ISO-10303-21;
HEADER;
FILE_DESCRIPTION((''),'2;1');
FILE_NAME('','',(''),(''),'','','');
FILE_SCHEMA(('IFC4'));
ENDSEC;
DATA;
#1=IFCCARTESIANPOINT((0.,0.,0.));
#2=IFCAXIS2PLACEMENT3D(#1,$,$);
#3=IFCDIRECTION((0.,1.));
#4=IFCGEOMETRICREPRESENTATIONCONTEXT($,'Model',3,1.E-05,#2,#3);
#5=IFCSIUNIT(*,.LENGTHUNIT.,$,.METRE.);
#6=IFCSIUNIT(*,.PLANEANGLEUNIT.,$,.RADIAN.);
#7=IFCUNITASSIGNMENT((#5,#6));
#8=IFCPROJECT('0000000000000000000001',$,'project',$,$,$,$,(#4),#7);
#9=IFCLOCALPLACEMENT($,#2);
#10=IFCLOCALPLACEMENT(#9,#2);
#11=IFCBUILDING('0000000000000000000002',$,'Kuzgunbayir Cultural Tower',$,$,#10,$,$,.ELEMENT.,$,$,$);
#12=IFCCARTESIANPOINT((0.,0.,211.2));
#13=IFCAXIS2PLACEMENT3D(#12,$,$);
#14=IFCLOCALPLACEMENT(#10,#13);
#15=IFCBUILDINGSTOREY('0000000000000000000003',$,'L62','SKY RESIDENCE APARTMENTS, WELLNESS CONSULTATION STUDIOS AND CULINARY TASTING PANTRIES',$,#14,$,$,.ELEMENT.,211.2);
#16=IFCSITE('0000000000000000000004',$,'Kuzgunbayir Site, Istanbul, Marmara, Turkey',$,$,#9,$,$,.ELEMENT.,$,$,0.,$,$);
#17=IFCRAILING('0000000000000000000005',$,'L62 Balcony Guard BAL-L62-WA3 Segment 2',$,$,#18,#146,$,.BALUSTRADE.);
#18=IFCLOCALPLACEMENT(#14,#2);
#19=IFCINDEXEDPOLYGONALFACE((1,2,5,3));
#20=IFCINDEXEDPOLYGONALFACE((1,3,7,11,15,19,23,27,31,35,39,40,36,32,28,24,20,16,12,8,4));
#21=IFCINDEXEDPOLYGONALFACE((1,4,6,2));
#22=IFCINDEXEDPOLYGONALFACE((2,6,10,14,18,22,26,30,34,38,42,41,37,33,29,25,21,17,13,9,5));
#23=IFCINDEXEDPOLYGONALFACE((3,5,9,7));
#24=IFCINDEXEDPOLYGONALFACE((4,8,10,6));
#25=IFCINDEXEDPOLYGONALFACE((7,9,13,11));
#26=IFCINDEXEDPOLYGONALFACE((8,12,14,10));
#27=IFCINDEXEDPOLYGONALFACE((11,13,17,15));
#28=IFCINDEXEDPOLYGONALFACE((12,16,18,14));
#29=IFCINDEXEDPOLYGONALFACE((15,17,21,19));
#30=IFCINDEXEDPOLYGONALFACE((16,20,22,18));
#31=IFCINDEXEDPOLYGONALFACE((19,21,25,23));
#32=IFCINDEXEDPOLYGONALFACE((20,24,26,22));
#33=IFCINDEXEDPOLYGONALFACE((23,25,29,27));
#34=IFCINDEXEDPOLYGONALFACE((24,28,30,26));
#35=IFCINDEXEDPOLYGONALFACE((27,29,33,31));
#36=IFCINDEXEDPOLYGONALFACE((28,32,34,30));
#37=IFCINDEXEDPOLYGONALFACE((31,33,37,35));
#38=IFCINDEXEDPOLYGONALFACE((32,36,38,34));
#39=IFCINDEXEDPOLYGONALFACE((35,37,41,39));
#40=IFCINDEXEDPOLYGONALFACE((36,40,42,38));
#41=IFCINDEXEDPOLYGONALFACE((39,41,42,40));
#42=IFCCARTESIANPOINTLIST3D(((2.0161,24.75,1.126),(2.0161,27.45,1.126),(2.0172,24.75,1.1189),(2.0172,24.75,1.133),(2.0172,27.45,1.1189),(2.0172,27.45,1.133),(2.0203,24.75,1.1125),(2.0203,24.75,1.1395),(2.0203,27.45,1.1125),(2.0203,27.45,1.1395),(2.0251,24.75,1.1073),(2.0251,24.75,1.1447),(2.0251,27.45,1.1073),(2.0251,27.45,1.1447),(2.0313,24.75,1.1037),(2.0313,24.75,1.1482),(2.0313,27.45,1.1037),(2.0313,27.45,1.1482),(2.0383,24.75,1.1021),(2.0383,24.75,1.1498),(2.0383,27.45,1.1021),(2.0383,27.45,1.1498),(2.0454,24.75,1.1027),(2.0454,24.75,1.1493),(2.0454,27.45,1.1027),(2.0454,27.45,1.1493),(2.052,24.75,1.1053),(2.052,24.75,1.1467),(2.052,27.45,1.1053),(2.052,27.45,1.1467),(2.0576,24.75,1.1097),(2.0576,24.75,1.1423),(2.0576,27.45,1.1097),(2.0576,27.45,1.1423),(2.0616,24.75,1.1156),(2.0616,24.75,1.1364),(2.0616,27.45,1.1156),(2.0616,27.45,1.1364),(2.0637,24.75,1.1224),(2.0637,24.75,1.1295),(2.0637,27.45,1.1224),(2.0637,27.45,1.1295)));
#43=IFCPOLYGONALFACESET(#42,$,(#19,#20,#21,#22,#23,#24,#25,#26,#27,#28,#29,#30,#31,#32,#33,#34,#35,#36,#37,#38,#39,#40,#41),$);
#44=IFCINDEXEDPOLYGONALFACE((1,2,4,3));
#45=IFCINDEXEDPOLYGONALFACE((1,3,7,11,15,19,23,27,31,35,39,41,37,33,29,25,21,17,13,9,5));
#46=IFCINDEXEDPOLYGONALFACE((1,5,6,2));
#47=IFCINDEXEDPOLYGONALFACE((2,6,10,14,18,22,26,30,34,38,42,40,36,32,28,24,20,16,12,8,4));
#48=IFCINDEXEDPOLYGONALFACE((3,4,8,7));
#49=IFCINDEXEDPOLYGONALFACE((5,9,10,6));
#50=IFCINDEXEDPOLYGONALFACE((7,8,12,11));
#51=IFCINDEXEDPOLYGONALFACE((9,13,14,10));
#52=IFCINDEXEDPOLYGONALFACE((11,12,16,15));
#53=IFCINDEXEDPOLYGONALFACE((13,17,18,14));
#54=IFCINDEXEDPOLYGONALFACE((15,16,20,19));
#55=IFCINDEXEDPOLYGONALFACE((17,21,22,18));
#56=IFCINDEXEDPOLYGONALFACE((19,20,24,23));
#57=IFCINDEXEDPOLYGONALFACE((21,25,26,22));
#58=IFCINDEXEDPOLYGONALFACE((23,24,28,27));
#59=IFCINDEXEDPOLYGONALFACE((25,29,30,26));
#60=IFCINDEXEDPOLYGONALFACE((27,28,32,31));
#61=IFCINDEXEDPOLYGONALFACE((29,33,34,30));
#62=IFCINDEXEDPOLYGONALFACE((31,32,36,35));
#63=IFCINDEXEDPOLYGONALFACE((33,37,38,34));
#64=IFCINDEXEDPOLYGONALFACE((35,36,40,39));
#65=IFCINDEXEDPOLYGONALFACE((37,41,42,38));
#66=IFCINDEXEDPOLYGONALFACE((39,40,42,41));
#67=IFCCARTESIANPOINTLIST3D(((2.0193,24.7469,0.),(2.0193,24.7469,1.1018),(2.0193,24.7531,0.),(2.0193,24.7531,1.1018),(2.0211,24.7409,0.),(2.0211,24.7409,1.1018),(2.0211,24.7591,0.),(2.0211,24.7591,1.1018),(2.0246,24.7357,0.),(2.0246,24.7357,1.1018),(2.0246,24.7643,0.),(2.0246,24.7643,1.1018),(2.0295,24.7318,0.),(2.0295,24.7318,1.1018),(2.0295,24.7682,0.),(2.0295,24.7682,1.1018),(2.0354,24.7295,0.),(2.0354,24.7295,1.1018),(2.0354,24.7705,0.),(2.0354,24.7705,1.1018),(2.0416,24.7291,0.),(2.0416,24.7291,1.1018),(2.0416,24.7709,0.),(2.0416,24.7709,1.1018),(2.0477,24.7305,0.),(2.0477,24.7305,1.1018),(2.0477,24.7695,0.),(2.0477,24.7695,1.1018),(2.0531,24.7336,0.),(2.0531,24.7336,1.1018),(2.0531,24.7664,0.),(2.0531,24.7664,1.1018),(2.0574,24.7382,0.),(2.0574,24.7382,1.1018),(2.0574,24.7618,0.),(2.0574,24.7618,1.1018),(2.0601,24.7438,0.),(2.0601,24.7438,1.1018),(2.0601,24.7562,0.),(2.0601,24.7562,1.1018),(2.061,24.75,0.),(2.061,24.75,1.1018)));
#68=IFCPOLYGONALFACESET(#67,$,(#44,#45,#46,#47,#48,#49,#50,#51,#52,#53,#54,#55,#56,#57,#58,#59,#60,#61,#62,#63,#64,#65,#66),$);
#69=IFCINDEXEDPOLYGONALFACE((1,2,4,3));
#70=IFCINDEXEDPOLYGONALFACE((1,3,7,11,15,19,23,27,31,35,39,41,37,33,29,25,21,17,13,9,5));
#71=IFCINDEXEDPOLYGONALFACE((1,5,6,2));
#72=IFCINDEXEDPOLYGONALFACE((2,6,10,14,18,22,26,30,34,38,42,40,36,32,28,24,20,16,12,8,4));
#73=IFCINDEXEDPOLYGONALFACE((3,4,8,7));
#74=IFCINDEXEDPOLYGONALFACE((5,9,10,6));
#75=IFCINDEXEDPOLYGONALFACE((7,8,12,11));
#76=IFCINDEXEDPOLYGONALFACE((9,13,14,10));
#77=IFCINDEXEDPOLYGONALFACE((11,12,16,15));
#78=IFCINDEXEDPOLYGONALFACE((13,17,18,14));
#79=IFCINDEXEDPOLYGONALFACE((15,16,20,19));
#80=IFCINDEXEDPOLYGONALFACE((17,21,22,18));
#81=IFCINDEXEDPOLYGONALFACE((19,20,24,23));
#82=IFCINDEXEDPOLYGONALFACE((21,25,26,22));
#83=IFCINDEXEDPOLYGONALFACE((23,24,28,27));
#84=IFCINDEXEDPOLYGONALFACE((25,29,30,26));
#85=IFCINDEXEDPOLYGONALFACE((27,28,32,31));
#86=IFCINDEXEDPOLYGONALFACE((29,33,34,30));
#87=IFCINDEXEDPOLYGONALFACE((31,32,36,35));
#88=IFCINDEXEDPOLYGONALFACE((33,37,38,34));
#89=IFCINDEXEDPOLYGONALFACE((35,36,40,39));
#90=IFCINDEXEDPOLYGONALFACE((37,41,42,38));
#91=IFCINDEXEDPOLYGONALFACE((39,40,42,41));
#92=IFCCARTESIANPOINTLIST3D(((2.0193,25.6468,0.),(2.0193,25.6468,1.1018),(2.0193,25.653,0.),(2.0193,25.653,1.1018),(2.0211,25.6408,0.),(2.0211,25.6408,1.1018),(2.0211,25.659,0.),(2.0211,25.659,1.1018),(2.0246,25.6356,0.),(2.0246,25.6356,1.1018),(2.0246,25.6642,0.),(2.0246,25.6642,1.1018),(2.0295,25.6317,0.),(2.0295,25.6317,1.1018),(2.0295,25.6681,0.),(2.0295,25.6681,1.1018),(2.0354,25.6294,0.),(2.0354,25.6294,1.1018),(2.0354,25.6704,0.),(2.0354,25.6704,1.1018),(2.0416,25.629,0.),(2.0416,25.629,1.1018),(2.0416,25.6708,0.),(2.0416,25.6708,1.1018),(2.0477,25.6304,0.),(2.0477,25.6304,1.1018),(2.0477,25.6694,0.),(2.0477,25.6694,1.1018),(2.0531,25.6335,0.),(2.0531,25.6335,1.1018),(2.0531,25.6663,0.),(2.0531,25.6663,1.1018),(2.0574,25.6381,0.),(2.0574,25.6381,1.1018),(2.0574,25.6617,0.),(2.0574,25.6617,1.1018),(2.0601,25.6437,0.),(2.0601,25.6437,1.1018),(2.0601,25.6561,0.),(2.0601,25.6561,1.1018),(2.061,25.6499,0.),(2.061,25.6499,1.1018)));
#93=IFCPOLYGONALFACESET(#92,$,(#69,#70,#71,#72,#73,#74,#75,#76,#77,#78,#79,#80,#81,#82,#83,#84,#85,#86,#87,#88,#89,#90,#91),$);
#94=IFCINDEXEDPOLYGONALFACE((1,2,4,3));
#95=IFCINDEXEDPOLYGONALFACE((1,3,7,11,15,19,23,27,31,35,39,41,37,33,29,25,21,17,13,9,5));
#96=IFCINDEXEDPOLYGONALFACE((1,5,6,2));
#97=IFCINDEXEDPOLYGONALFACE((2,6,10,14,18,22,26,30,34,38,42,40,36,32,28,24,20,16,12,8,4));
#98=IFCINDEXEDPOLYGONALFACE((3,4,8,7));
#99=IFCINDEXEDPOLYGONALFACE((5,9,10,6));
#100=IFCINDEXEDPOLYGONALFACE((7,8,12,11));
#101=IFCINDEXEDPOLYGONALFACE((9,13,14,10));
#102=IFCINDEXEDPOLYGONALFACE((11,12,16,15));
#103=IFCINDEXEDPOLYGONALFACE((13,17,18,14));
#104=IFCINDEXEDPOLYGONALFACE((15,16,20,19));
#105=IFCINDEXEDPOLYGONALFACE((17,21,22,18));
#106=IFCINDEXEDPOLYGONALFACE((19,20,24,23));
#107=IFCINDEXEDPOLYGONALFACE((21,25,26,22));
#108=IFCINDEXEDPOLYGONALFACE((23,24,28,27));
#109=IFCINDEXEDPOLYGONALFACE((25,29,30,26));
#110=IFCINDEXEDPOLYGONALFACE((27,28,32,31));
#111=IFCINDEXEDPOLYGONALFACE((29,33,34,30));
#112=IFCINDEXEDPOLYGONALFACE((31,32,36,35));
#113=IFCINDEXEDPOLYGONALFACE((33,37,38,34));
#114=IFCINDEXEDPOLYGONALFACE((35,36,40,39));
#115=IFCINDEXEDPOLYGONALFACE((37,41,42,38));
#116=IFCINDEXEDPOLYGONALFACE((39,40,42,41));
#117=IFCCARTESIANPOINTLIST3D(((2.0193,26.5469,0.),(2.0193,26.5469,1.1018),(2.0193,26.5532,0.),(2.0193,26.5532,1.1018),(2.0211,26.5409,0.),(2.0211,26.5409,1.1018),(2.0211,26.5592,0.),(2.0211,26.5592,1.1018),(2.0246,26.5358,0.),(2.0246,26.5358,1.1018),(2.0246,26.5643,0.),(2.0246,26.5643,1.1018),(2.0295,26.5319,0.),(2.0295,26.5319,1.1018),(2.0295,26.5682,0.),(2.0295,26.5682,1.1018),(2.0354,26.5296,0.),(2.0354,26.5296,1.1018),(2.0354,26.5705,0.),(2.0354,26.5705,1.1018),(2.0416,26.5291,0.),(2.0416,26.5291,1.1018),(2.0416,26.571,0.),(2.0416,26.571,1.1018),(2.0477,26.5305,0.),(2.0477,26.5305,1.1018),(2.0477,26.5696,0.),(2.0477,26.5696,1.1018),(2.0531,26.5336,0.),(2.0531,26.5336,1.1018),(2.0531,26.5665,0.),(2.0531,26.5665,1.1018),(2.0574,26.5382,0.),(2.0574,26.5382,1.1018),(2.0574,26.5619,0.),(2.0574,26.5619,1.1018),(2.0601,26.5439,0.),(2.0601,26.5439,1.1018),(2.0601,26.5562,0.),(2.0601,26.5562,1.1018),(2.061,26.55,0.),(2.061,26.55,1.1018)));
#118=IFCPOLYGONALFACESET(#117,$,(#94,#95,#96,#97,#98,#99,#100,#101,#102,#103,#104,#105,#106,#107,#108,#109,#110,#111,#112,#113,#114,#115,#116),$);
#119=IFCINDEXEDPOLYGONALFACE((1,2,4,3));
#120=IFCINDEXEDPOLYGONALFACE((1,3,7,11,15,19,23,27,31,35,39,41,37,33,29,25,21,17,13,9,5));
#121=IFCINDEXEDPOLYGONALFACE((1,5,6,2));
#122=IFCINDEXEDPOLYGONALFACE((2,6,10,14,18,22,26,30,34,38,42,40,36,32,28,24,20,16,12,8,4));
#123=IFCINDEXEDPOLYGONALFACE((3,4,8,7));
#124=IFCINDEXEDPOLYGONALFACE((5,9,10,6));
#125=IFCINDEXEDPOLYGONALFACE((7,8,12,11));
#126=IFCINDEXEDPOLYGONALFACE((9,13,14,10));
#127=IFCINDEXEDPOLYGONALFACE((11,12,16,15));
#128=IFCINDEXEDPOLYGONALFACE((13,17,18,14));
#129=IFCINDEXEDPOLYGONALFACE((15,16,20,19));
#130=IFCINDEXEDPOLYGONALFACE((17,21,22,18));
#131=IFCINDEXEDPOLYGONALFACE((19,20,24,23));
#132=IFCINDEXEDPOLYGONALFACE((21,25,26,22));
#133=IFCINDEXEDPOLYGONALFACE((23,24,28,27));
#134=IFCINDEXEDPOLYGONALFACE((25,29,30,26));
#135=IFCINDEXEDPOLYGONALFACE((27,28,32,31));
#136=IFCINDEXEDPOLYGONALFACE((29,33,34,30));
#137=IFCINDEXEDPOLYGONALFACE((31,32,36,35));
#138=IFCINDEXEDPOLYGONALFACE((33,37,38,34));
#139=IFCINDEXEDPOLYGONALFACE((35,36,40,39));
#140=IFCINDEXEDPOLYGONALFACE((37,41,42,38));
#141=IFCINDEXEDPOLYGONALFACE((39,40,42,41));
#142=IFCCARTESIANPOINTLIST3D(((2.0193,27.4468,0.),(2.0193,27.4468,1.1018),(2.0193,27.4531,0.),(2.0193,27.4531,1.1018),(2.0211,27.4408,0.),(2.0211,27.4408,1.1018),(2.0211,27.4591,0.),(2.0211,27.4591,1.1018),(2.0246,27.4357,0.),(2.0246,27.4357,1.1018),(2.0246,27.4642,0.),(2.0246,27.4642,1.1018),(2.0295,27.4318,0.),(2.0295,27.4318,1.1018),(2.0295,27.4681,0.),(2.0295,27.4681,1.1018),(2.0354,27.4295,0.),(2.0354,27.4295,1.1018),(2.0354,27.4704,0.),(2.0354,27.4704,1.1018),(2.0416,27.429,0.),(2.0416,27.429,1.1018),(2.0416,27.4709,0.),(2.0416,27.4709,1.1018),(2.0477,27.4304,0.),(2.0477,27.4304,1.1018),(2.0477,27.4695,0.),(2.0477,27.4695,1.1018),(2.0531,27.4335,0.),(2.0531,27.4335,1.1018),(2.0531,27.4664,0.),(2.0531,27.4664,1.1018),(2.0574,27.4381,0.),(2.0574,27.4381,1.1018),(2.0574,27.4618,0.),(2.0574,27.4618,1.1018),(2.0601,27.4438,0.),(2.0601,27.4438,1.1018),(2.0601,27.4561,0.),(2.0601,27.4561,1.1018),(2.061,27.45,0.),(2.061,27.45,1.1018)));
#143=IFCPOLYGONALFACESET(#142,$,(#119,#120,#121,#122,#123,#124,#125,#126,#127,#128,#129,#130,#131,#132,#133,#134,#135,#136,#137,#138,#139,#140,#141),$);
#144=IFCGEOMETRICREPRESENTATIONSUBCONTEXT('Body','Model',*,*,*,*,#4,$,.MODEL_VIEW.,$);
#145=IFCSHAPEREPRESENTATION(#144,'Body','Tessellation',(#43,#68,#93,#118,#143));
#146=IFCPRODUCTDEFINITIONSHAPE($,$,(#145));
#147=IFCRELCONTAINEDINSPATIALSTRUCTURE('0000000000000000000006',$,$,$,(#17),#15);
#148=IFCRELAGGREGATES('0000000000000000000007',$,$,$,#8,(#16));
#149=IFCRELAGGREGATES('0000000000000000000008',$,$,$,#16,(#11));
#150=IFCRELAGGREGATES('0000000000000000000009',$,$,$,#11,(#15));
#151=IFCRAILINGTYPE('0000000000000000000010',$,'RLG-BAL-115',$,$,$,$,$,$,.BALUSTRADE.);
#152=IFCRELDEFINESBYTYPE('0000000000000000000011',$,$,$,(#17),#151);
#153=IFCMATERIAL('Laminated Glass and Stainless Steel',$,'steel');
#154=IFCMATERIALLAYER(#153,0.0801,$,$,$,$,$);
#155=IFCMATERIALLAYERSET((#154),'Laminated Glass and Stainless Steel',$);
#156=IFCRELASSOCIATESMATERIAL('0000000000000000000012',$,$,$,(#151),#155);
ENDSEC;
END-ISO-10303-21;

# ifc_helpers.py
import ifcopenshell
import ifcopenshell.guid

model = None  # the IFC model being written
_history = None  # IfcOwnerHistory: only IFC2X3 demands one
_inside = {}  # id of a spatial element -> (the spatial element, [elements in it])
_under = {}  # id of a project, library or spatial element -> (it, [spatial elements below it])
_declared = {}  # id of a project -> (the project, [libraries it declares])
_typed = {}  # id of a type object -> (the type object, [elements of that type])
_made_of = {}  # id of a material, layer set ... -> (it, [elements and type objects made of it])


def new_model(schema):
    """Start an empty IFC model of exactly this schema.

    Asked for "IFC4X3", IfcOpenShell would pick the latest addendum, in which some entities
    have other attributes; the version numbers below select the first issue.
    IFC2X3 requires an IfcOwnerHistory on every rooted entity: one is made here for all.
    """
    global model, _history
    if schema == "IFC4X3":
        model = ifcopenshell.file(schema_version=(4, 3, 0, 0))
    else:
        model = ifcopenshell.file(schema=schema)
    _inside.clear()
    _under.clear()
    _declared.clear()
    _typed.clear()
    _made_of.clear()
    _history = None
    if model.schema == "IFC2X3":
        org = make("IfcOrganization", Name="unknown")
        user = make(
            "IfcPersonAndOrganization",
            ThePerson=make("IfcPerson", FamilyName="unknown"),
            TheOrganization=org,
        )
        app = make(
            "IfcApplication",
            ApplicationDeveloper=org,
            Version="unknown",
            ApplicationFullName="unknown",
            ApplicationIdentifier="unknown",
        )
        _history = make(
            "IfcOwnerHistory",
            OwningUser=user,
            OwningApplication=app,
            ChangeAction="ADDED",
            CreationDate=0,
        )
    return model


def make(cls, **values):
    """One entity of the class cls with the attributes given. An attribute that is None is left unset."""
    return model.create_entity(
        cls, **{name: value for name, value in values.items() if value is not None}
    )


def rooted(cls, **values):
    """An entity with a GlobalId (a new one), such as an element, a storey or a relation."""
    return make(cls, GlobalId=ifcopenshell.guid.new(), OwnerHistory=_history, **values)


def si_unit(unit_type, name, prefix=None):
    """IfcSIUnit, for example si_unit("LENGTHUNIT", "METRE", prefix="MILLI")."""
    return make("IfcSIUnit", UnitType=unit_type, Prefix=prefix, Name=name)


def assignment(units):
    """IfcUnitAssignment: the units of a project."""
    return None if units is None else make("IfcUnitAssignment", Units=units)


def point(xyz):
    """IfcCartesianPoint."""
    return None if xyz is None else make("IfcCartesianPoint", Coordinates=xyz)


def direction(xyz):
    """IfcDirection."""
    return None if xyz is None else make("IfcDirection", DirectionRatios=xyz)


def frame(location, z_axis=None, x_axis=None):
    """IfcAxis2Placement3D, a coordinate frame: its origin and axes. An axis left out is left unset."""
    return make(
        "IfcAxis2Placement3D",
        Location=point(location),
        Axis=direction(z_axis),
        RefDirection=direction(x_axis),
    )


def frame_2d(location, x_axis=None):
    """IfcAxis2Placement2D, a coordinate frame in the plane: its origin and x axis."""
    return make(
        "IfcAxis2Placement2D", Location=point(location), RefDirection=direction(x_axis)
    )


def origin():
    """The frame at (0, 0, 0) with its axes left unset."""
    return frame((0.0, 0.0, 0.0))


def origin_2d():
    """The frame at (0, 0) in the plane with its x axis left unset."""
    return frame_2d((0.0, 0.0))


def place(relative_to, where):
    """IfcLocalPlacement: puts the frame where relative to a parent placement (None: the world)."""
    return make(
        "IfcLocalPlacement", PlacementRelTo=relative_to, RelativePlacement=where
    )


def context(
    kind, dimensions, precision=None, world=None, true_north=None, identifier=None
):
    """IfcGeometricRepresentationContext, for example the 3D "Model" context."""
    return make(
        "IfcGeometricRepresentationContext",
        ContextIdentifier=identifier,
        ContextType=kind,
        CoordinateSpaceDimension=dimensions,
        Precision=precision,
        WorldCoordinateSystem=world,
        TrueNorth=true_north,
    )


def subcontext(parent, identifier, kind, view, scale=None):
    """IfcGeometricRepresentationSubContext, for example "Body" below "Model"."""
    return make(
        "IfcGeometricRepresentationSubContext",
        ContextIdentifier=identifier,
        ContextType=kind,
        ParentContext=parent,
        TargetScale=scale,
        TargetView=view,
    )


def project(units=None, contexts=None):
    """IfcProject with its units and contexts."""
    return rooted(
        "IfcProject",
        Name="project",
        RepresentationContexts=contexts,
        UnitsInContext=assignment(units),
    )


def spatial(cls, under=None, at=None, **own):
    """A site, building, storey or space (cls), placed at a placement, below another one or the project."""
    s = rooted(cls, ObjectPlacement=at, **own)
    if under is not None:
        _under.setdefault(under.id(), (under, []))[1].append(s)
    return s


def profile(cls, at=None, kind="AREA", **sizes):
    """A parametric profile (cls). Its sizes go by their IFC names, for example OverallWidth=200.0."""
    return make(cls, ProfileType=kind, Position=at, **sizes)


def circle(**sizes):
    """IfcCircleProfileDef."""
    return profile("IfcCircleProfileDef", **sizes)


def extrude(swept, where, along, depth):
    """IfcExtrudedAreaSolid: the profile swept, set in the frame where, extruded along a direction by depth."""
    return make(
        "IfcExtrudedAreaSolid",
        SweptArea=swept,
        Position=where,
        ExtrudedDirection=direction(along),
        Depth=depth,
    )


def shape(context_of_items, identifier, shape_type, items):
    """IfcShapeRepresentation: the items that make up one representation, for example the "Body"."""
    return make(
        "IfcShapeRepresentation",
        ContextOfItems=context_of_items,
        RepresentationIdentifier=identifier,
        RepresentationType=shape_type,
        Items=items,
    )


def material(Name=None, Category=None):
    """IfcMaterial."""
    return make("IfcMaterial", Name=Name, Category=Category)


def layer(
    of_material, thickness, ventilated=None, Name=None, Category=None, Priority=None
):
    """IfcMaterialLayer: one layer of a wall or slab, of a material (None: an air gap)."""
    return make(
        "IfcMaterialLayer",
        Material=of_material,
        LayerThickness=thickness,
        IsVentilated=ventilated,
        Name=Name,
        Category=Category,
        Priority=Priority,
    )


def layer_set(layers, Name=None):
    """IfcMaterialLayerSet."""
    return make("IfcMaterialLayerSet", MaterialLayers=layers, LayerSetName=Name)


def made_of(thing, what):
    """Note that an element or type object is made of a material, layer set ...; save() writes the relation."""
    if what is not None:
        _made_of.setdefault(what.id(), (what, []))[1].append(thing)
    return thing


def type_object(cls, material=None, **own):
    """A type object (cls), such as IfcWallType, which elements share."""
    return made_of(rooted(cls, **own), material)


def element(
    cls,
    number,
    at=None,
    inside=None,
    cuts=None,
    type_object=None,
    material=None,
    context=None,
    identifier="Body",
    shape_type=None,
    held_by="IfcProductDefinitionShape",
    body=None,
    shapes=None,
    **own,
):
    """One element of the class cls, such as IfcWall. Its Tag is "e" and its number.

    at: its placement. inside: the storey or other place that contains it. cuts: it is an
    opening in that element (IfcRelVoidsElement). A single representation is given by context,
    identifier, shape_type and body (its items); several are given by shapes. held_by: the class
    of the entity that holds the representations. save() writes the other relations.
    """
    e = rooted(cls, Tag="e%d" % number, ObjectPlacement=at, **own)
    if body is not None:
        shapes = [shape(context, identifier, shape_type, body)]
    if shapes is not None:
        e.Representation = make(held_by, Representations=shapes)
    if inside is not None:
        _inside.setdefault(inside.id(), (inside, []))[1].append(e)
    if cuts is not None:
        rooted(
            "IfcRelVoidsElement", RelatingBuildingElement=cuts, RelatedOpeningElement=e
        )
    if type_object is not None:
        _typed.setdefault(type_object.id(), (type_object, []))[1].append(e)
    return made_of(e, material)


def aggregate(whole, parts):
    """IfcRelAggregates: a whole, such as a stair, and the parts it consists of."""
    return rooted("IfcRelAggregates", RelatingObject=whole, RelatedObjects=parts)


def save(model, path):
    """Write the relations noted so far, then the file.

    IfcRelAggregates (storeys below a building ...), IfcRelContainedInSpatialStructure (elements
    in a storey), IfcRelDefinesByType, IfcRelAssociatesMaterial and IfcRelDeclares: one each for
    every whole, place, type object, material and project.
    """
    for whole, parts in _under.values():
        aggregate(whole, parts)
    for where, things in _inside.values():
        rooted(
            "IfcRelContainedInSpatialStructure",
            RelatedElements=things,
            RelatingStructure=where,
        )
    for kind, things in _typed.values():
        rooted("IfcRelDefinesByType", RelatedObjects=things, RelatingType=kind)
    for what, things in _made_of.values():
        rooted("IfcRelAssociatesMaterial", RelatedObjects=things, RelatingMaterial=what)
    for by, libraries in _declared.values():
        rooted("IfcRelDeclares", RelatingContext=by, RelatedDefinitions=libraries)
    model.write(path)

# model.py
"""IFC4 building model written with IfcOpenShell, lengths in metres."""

from ifc_helpers import new_model, si_unit, direction, frame, origin, origin_2d, place, context, subcontext, project, spatial, circle, extrude, material, layer, layer_set, type_object, element, save


model = new_model("IFC4")

# Units and contexts
model_context = context("Model", 3, precision=1e-05, world=origin(), true_north=direction((0.0, 1.0)))
body_context = subcontext(model_context, "Body", "Model", "MODEL_VIEW")
ifc_project = project(units=[si_unit("LENGTHUNIT", "METRE"), si_unit("PLANEANGLEUNIT", "RADIAN")], contexts=[model_context])

# Site, building, storey
site_placement = place(None, origin())
site = spatial("IfcSite", under=ifc_project, at=site_placement, Name="Kuzgunbayir Site, Istanbul, Marmara, Turkey", CompositionType="ELEMENT", RefElevation=0.0)
building_placement = place(site_placement, origin())
building = spatial("IfcBuilding", under=site, at=building_placement, Name="Kuzgunbayir Cultural Tower", CompositionType="ELEMENT")
storey_placement = place(building_placement, frame((0.0, 0.0, 211.2)))
storey = spatial("IfcBuildingStorey", under=building, at=storey_placement, Name="L62", Description="SKY RESIDENCE APARTMENTS, WELLNESS CONSULTATION STUDIOS AND CULINARY TASTING PANTRIES", CompositionType="ELEMENT", Elevation=211.2)

# Railing
ifc_material_1 = material(Name="Laminated Glass and Stainless Steel", Category="steel")
ifc_layer_1 = layer(ifc_material_1, 0.0801)
ifc_layer_set_1 = layer_set([ifc_layer_1], Name="Laminated Glass and Stainless Steel")
railing_type = type_object("IfcRailingType", Name="RLG-BAL-115", PredefinedType="BALUSTRADE", material=ifc_layer_set_1)
railing_1_placement = place(storey_placement, frame((2.04, 24.75, 0.0)))
element("IfcRailing", 1, at=railing_1_placement, inside=storey, type_object=railing_type, Name="L62 Balcony Guard BAL-L62-WA3 Segment 2", PredefinedType="BALUSTRADE", context=body_context, shape_type="SweptSolid", body=[
    extrude(circle(Radius=0.0239, at=origin_2d()), frame((0.0, 0.0, 1.126), z_axis=(0.0, 1.0, 0.0), x_axis=(-1.0, 0.0, 0.0)), (0.0, 0.0, 1.0), 2.7),
    extrude(circle(Radius=0.021, at=origin_2d()), origin(), (0.0, 0.0, 1.0), 1.1018),
    extrude(circle(Radius=0.021, at=origin_2d()), frame((0.0, 0.8999, 0.0)), (0.0, 0.0, 1.0), 1.1018),
    extrude(circle(Radius=0.021, at=origin_2d()), frame((0.0, 1.8, 0.0)), (0.0, 0.0, 1.0), 1.1018),
    extrude(circle(Radius=0.021, at=origin_2d()), frame((0.0, 2.7, 0.0)), (0.0, 0.0, 1.0), 1.1018),
])

save(model, "model.ifc")
